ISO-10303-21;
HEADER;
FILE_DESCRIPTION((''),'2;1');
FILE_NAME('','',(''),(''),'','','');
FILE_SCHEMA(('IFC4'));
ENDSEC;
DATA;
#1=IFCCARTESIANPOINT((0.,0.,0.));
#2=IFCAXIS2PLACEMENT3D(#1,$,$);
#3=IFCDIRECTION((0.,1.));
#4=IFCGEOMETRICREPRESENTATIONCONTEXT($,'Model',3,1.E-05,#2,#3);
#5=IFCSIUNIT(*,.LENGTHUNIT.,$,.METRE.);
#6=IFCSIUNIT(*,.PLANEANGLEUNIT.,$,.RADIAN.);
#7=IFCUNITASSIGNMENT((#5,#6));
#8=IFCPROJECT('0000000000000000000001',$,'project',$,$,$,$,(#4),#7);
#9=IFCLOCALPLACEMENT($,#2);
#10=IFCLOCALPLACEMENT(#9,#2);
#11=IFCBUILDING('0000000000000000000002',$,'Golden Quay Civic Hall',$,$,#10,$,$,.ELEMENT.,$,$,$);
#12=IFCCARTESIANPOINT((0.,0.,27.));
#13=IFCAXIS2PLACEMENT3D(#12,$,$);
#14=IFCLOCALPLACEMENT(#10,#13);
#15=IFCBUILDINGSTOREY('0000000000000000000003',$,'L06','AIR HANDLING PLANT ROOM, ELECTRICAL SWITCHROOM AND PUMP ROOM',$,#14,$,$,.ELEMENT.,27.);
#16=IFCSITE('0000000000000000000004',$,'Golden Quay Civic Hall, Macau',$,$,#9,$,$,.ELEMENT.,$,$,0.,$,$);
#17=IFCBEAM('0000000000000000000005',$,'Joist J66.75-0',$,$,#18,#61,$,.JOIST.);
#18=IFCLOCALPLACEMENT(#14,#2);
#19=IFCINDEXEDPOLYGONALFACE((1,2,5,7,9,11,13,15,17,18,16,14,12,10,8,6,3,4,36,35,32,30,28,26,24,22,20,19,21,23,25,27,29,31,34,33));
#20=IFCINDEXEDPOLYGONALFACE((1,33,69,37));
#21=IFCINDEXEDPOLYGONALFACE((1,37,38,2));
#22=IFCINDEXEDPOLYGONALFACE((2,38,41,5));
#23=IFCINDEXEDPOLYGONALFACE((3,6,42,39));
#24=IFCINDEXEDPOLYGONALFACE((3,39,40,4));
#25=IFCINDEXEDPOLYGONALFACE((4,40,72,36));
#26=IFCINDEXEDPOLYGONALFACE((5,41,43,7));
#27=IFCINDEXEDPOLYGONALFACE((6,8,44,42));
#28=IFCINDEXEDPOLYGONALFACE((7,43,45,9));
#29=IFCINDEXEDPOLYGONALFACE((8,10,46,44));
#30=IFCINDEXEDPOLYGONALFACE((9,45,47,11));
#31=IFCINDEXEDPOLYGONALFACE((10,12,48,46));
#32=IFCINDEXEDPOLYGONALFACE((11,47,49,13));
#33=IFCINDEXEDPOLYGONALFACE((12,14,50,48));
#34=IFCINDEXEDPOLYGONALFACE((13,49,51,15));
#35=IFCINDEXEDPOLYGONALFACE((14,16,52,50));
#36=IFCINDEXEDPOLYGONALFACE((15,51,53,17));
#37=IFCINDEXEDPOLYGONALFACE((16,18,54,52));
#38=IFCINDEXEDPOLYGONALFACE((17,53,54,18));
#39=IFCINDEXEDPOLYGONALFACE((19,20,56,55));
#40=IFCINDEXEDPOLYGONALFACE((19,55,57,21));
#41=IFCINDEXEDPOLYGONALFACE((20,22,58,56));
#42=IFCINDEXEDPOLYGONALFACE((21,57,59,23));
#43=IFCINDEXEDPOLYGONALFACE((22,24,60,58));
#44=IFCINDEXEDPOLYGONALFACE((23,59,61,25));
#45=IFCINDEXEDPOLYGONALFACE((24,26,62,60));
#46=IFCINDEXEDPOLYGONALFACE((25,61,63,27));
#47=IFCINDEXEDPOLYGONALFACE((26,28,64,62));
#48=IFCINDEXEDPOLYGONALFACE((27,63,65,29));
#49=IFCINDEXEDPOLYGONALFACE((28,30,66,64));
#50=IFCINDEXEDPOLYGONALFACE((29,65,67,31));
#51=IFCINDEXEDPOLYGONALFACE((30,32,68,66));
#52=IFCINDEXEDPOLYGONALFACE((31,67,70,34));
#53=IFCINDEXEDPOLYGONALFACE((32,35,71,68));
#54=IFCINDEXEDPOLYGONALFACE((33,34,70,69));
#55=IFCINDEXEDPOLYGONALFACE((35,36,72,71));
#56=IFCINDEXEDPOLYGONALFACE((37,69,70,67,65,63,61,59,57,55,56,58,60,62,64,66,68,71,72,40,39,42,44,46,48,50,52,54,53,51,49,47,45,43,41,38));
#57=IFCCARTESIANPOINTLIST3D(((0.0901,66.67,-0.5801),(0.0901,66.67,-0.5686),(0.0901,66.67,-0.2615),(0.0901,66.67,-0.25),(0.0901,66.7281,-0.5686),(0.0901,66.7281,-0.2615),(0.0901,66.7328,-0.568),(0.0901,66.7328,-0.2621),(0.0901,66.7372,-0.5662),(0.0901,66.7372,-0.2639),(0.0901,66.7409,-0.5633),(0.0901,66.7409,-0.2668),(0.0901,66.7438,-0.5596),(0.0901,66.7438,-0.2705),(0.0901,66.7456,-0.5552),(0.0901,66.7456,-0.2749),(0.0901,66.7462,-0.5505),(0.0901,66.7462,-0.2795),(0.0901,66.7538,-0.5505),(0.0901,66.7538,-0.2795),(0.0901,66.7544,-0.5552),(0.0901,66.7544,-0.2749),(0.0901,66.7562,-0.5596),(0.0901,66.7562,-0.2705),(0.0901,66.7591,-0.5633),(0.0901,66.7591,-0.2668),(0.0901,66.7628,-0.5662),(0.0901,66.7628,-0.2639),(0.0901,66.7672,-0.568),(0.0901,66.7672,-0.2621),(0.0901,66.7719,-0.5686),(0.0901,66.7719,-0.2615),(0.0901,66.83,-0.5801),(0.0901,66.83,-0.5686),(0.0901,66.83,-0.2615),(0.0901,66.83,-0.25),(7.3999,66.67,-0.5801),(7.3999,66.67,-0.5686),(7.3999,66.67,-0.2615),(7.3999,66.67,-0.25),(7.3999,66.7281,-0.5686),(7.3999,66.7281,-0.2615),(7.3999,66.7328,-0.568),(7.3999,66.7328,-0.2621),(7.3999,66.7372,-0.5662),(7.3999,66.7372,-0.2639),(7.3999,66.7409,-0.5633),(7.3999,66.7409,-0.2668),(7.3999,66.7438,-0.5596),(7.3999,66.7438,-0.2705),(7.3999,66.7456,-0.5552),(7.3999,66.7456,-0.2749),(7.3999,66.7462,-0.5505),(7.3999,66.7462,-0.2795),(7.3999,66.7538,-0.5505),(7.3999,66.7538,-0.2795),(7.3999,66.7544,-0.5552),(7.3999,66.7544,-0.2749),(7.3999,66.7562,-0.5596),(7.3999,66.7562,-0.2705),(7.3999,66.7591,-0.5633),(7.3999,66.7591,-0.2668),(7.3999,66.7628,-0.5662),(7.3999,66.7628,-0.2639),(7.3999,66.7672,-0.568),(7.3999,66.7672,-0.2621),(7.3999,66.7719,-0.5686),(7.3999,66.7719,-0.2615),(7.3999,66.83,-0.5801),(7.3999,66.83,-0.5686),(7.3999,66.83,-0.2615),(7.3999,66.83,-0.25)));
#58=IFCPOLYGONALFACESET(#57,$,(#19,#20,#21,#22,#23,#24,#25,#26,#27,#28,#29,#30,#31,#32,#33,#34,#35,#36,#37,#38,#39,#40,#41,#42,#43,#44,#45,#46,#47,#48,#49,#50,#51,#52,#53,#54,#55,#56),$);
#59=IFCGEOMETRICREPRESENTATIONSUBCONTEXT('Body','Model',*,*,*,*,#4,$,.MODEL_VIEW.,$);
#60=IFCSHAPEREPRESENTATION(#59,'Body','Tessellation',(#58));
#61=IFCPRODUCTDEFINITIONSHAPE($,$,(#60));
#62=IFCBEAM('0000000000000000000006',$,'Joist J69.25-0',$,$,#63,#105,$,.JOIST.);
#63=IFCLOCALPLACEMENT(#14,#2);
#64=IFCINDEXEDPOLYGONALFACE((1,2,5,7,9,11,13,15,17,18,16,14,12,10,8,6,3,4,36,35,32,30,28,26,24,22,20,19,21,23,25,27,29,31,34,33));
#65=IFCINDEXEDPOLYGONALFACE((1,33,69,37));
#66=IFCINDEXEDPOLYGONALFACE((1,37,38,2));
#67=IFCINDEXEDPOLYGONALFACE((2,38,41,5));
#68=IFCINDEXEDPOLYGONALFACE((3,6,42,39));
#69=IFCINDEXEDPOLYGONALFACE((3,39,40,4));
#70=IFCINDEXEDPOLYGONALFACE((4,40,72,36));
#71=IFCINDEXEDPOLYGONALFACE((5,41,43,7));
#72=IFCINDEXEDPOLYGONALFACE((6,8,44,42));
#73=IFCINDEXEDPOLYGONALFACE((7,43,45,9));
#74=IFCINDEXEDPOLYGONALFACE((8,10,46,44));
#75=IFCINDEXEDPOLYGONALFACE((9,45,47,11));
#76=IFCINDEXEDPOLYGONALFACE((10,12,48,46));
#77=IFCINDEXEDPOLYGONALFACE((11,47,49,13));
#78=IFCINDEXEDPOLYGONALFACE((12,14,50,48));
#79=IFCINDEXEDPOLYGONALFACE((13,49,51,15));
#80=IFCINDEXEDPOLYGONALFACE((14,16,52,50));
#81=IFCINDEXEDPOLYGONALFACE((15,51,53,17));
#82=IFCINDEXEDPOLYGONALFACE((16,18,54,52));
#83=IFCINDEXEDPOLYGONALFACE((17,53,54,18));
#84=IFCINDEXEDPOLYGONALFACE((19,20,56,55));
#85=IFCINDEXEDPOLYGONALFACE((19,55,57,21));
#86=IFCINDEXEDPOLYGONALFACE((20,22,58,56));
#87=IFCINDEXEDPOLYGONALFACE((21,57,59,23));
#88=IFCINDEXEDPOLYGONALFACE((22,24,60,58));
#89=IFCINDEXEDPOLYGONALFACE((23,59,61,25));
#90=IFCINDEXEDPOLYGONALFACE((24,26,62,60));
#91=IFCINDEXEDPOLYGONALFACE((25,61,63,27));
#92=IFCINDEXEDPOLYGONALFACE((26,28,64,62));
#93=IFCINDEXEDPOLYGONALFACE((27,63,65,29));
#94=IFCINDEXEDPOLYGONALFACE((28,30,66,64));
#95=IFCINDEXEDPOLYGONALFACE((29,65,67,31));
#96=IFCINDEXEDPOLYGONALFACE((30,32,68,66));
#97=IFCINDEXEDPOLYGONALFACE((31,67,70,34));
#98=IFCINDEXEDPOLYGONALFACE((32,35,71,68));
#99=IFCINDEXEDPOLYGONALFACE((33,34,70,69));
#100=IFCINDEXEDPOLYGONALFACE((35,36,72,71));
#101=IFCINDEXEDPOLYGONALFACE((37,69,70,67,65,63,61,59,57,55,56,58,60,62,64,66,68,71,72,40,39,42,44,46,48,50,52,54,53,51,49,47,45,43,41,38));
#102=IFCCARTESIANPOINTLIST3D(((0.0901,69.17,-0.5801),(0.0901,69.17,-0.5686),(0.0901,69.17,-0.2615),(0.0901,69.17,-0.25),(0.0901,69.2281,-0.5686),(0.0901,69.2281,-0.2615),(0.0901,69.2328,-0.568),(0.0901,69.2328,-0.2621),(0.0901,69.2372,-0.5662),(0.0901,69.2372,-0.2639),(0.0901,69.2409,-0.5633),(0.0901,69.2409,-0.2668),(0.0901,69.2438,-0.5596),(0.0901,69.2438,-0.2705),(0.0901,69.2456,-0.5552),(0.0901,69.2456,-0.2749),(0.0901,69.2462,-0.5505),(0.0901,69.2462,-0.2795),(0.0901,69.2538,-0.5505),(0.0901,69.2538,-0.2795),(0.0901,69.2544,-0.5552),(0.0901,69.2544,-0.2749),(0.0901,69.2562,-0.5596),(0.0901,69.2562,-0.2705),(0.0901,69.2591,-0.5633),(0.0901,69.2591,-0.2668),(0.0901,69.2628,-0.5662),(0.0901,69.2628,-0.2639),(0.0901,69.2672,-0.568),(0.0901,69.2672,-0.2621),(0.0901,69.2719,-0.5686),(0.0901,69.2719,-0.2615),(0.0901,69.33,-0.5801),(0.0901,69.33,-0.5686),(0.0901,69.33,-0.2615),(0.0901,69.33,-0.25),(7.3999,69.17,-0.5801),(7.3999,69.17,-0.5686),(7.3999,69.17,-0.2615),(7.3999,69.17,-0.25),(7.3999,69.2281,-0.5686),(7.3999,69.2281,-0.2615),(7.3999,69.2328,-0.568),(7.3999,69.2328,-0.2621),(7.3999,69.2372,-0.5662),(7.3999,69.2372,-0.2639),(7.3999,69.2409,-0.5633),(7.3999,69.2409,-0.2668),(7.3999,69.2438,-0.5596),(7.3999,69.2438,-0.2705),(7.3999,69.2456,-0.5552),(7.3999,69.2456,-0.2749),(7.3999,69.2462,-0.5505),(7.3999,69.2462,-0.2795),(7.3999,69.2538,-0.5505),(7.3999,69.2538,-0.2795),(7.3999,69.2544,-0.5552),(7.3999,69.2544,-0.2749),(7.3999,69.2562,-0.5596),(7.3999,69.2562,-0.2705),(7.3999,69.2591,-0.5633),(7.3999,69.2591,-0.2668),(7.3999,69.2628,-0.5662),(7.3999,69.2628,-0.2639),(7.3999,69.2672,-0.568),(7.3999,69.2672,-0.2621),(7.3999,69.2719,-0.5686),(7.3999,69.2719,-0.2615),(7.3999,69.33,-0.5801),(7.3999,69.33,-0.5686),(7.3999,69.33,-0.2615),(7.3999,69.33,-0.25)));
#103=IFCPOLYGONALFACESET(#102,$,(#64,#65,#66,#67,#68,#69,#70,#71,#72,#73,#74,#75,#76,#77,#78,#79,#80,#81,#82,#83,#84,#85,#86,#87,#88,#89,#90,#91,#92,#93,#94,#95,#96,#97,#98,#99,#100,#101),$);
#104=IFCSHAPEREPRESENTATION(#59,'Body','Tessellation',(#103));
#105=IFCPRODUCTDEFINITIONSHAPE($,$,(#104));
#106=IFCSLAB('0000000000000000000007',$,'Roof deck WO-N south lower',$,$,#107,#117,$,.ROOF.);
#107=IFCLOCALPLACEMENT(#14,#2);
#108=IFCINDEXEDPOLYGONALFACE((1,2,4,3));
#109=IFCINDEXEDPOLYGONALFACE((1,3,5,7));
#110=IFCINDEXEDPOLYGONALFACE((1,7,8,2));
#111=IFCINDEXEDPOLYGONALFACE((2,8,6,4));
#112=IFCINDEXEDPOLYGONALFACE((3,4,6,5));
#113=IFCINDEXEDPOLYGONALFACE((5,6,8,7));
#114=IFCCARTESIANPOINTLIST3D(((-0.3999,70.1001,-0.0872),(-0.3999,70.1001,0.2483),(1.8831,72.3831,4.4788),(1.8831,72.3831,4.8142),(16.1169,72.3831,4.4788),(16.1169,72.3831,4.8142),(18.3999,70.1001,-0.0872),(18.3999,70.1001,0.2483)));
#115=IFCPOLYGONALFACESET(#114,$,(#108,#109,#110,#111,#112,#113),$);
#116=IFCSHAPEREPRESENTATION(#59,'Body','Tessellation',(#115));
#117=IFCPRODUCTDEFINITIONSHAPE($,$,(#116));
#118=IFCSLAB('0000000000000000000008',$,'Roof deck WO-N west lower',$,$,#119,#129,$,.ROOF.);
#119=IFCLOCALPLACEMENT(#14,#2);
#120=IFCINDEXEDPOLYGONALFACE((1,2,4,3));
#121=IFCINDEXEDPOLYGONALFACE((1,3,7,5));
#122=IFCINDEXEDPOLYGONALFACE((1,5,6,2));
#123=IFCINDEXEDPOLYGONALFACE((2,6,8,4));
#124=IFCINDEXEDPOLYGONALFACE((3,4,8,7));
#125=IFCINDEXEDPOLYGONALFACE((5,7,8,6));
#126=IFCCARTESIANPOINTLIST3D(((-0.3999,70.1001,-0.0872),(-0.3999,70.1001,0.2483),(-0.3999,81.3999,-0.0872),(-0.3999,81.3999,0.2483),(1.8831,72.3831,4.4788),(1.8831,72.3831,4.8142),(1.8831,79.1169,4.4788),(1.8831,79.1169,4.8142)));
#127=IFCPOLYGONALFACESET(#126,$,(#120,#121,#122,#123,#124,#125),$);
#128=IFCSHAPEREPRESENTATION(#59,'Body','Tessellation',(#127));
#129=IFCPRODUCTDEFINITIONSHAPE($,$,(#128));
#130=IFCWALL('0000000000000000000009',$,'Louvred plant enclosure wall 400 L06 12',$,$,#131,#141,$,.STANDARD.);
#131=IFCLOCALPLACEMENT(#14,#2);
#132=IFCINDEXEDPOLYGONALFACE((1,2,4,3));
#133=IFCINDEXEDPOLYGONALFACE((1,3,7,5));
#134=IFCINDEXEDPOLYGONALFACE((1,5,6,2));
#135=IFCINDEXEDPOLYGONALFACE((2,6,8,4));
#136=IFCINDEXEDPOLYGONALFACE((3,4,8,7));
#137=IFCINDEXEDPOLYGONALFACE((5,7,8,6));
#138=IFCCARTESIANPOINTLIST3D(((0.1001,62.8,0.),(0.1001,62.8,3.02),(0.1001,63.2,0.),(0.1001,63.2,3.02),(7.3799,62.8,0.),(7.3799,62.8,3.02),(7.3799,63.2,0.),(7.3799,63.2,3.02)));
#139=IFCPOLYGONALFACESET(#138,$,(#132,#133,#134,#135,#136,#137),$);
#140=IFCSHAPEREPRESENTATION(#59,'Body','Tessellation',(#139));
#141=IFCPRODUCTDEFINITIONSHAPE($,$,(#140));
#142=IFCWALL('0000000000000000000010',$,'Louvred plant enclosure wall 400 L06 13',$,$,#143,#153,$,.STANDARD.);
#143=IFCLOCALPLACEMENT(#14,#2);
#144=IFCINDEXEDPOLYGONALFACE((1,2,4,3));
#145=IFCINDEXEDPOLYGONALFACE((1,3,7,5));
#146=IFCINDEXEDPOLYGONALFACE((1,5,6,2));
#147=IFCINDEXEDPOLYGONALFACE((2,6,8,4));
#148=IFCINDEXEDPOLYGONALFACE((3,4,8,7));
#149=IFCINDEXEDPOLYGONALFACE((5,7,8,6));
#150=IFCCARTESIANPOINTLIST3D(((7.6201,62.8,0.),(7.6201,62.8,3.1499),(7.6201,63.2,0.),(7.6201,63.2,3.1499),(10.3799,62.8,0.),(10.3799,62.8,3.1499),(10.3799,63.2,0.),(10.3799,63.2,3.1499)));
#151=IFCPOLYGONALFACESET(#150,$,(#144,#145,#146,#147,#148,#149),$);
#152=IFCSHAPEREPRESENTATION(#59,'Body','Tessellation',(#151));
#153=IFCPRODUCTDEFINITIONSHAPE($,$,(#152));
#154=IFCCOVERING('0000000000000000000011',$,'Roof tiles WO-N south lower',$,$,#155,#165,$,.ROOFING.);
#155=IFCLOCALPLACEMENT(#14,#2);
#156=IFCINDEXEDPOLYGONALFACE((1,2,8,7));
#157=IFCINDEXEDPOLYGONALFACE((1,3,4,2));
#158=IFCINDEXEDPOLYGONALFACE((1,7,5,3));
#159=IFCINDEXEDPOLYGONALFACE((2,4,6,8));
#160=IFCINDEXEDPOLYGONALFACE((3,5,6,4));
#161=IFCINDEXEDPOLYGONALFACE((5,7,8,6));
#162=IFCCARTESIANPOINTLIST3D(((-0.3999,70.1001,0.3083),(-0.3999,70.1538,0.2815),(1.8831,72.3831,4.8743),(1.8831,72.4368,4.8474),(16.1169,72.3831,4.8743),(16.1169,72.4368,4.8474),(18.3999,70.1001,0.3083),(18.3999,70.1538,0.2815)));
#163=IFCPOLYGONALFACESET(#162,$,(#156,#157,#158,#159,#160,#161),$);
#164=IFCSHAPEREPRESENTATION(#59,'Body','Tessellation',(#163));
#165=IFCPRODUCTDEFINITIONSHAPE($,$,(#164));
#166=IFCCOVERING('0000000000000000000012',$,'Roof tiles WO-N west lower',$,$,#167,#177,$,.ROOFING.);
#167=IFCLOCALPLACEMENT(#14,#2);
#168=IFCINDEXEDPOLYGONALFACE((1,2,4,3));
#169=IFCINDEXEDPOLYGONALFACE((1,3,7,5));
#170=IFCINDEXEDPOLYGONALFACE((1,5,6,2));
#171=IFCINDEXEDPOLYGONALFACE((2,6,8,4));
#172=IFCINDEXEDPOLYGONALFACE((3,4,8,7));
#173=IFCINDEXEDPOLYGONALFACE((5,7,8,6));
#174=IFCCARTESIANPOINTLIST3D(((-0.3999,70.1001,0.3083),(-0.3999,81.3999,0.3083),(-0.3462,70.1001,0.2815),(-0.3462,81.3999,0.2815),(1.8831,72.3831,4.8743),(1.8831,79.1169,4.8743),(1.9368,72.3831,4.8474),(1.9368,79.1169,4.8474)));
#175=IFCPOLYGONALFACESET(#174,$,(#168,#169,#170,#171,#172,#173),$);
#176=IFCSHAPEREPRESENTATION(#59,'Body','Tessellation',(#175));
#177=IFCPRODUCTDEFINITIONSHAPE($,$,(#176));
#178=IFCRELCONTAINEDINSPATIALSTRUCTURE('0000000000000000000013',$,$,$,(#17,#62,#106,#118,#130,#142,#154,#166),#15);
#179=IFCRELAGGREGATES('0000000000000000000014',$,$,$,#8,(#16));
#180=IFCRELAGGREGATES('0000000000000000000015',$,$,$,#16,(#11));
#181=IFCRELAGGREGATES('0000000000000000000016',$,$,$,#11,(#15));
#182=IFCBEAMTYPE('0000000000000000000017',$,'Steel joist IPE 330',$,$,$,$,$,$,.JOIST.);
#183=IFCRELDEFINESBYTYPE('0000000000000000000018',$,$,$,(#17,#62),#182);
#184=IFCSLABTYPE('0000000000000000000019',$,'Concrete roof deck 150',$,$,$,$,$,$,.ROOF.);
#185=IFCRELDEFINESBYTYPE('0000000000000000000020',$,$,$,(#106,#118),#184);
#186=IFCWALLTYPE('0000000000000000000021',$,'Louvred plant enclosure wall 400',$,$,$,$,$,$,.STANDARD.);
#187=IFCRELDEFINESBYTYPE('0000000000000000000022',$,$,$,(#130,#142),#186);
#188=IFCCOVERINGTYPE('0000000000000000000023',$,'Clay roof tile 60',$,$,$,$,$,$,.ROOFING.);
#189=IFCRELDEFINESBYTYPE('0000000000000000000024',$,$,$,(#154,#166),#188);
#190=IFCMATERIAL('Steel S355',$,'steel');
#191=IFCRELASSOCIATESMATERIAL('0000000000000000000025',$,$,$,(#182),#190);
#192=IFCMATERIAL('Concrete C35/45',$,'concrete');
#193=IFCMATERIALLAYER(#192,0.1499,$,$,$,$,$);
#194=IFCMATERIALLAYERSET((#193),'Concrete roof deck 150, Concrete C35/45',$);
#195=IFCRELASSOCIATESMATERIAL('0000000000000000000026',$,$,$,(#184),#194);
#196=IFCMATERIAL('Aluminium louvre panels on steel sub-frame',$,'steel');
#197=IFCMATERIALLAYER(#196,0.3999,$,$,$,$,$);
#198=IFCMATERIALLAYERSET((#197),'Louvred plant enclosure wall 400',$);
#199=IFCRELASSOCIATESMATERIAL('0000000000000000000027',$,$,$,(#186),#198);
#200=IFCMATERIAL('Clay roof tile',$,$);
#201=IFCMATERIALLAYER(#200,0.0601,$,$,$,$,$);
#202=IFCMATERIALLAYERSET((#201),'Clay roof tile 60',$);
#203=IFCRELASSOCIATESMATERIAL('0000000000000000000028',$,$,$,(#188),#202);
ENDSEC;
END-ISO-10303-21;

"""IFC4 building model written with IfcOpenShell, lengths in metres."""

from ifc_helpers import new_model, si_unit, direction, frame, frame_2d, origin, origin_2d, place, context, subcontext, project, spatial, polyline, rectangle, i_section, outline, extrude, material, layer, layer_set, material_profile, profile_set, type_object, element, save


model = new_model("IFC4")

# Units and contexts
model_context = context("Model", 3, precision=1e-05, world=origin(), true_north=direction((0.0, 1.0)))
body_context = subcontext(model_context, "Body", "Model", "MODEL_VIEW")
ifc_project = project(units=[si_unit("LENGTHUNIT", "METRE"), si_unit("PLANEANGLEUNIT", "RADIAN")], contexts=[model_context])

# Site, building, storey
site_placement = place(None, origin())
site = spatial("IfcSite", under=ifc_project, at=site_placement, Name="Golden Quay Civic Hall, Macau", CompositionType="ELEMENT", RefElevation=0.0)
building_placement = place(site_placement, origin())
building = spatial("IfcBuilding", under=site, at=building_placement, Name="Golden Quay Civic Hall", CompositionType="ELEMENT")
storey_placement = place(building_placement, frame((0.0, 0.0, 27.0)))
storey = spatial("IfcBuildingStorey", under=building, at=storey_placement, Name="L06", Description="AIR HANDLING PLANT ROOM, ELECTRICAL SWITCHROOM AND PUMP ROOM", CompositionType="ELEMENT", Elevation=27.0)

# Beams
ifc_material_1 = material(Name="Steel S355", Category="steel")
ifc_material_profile_1 = material_profile(ifc_material_1, i_section(OverallWidth=0.1599, OverallDepth=0.3301, WebThickness=0.0076, FlangeThickness=0.0115, FilletRadius=0.0181, at=origin_2d()), Name="IPE 330")
ifc_profile_set_1 = profile_set([ifc_material_profile_1], Name="Steel S355")
beam_type_1 = type_object("IfcBeamType", Name="Steel joist IPE 330", PredefinedType="JOIST", material=ifc_profile_set_1)
for number, where, z_axis, x_axis, name in (
    (1, (0.0901, 66.75, -0.415), (1.0, 0.0, 0.0), (0.0, 1.0, 0.0), "Joist J66.75-0"),
    (2, (0.0901, 69.25, -0.415), (1.0, 0.0, 0.0), (0.0, 1.0, 0.0), "Joist J69.25-0"),
):
    element("IfcBeam", number, at=place(storey_placement, frame(where, z_axis=z_axis, x_axis=x_axis)), inside=storey, type_object=beam_type_1, Name=name, PredefinedType="JOIST", context=body_context, shape_type="SweptSolid", body=[
        extrude(i_section(OverallWidth=0.1599, OverallDepth=0.3301, WebThickness=0.0076, FlangeThickness=0.0115, FilletRadius=0.0181, at=origin_2d()), origin(), (0.0, 0.0, 1.0), 7.3098),
    ])

# Slabs
ifc_material_2 = material(Name="Concrete C35/45", Category="concrete")
ifc_layer_1 = layer(ifc_material_2, 0.1499)
ifc_layer_set_1 = layer_set([ifc_layer_1], Name="Concrete roof deck 150, Concrete C35/45")
slab_type = type_object("IfcSlabType", Name="Concrete roof deck 150", PredefinedType="ROOF", material=ifc_layer_set_1)
slab_1_placement = place(storey_placement, frame((-0.3999, 70.1001, 0.2483), z_axis=(0.0, -0.894427, 0.447214), x_axis=(1.0, 0.0, 0.0)))
element("IfcSlab", 3, at=slab_1_placement, inside=storey, type_object=slab_type, Name="Roof deck WO-N south lower", PredefinedType="ROOF", context=body_context, shape_type="SweptSolid", body=[
    extrude(outline(polyline([(0.0, 0.0), (18.7998, 0.0), (16.5168, 5.1049), (2.283, 5.1049), (0.0, 0.0)])), origin(), (0.0, -0.894427, -0.447214), 0.3354),
])
slab_2_placement = place(storey_placement, frame((-0.3999, 70.1001, 0.2483), z_axis=(-0.894427, 0.0, 0.447214), x_axis=(0.0, 1.0, 0.0)))
element("IfcSlab", 4, at=slab_2_placement, inside=storey, type_object=slab_type, Name="Roof deck WO-N west lower", PredefinedType="ROOF", context=body_context, shape_type="SweptSolid", body=[
    extrude(outline(polyline([(0.0, 0.0), (11.2998, 0.0), (9.0168, -5.1049), (2.283, -5.1049), (0.0, 0.0)])), origin(), (0.0, 0.894427, -0.447214), 0.3354),
])

# Walls
ifc_material_3 = material(Name="Aluminium louvre panels on steel sub-frame", Category="steel")
ifc_layer_2 = layer(ifc_material_3, 0.3999)
ifc_layer_set_2 = layer_set([ifc_layer_2], Name="Louvred plant enclosure wall 400")
wall_type = type_object("IfcWallType", Name="Louvred plant enclosure wall 400", PredefinedType="STANDARD", material=ifc_layer_set_2)
wall_1_placement = place(storey_placement, frame((0.1001, 63.0, 0.0), z_axis=(0.0, 0.0, 1.0), x_axis=(1.0, 0.0, 0.0)))
element("IfcWall", 5, at=wall_1_placement, inside=storey, type_object=wall_type, Name="Louvred plant enclosure wall 400 L06 12", PredefinedType="STANDARD", context=body_context, shape_type="SweptSolid", body=[
    extrude(rectangle(XDim=7.2798, YDim=0.3999, at=frame_2d((3.6399, 0.0))), origin(), (0.0, 0.0, 1.0), 3.02),
])
wall_2_placement = place(storey_placement, frame((7.6201, 63.0, 0.0), z_axis=(0.0, 0.0, 1.0), x_axis=(1.0, 0.0, 0.0)))
element("IfcWall", 6, at=wall_2_placement, inside=storey, type_object=wall_type, Name="Louvred plant enclosure wall 400 L06 13", PredefinedType="STANDARD", context=body_context, shape_type="SweptSolid", body=[
    extrude(rectangle(XDim=2.7598, YDim=0.3999, at=frame_2d((1.3799, 0.0))), origin(), (0.0, 0.0, 1.0), 3.1499),
])

# Coverings
ifc_material_4 = material(Name="Clay roof tile")
ifc_layer_3 = layer(ifc_material_4, 0.0601)
ifc_layer_set_3 = layer_set([ifc_layer_3], Name="Clay roof tile 60")
covering_type = type_object("IfcCoveringType", Name="Clay roof tile 60", PredefinedType="ROOFING", material=ifc_layer_set_3)
covering_1_placement = place(storey_placement, frame((-0.3999, 70.1001, 0.3083), z_axis=(0.0, -0.894427, 0.447214), x_axis=(1.0, 0.0, 0.0)))
element("IfcCovering", 7, at=covering_1_placement, inside=storey, type_object=covering_type, Name="Roof tiles WO-N south lower", PredefinedType="ROOFING", context=body_context, shape_type="SweptSolid", body=[
    extrude(outline(polyline([(0.0, 0.0), (18.7998, 0.0), (16.5168, 5.1049), (2.283, 5.1049), (0.0, 0.0)])), origin(), (0.0, 0.0, -1.0), 0.0601),
])
covering_2_placement = place(storey_placement, frame((-0.3999, 70.1001, 0.3083), z_axis=(-0.894427, 0.0, 0.447214), x_axis=(0.0, 1.0, 0.0)))
element("IfcCovering", 8, at=covering_2_placement, inside=storey, type_object=covering_type, Name="Roof tiles WO-N west lower", PredefinedType="ROOFING", context=body_context, shape_type="SweptSolid", body=[
    extrude(outline(polyline([(0.0, 0.0), (11.2998, 0.0), (9.0168, -5.1049), (2.283, -5.1049), (0.0, 0.0)])), origin(), (0.0, 0.0, -1.0), 0.0601),
])

save(model, "model.ifc")
